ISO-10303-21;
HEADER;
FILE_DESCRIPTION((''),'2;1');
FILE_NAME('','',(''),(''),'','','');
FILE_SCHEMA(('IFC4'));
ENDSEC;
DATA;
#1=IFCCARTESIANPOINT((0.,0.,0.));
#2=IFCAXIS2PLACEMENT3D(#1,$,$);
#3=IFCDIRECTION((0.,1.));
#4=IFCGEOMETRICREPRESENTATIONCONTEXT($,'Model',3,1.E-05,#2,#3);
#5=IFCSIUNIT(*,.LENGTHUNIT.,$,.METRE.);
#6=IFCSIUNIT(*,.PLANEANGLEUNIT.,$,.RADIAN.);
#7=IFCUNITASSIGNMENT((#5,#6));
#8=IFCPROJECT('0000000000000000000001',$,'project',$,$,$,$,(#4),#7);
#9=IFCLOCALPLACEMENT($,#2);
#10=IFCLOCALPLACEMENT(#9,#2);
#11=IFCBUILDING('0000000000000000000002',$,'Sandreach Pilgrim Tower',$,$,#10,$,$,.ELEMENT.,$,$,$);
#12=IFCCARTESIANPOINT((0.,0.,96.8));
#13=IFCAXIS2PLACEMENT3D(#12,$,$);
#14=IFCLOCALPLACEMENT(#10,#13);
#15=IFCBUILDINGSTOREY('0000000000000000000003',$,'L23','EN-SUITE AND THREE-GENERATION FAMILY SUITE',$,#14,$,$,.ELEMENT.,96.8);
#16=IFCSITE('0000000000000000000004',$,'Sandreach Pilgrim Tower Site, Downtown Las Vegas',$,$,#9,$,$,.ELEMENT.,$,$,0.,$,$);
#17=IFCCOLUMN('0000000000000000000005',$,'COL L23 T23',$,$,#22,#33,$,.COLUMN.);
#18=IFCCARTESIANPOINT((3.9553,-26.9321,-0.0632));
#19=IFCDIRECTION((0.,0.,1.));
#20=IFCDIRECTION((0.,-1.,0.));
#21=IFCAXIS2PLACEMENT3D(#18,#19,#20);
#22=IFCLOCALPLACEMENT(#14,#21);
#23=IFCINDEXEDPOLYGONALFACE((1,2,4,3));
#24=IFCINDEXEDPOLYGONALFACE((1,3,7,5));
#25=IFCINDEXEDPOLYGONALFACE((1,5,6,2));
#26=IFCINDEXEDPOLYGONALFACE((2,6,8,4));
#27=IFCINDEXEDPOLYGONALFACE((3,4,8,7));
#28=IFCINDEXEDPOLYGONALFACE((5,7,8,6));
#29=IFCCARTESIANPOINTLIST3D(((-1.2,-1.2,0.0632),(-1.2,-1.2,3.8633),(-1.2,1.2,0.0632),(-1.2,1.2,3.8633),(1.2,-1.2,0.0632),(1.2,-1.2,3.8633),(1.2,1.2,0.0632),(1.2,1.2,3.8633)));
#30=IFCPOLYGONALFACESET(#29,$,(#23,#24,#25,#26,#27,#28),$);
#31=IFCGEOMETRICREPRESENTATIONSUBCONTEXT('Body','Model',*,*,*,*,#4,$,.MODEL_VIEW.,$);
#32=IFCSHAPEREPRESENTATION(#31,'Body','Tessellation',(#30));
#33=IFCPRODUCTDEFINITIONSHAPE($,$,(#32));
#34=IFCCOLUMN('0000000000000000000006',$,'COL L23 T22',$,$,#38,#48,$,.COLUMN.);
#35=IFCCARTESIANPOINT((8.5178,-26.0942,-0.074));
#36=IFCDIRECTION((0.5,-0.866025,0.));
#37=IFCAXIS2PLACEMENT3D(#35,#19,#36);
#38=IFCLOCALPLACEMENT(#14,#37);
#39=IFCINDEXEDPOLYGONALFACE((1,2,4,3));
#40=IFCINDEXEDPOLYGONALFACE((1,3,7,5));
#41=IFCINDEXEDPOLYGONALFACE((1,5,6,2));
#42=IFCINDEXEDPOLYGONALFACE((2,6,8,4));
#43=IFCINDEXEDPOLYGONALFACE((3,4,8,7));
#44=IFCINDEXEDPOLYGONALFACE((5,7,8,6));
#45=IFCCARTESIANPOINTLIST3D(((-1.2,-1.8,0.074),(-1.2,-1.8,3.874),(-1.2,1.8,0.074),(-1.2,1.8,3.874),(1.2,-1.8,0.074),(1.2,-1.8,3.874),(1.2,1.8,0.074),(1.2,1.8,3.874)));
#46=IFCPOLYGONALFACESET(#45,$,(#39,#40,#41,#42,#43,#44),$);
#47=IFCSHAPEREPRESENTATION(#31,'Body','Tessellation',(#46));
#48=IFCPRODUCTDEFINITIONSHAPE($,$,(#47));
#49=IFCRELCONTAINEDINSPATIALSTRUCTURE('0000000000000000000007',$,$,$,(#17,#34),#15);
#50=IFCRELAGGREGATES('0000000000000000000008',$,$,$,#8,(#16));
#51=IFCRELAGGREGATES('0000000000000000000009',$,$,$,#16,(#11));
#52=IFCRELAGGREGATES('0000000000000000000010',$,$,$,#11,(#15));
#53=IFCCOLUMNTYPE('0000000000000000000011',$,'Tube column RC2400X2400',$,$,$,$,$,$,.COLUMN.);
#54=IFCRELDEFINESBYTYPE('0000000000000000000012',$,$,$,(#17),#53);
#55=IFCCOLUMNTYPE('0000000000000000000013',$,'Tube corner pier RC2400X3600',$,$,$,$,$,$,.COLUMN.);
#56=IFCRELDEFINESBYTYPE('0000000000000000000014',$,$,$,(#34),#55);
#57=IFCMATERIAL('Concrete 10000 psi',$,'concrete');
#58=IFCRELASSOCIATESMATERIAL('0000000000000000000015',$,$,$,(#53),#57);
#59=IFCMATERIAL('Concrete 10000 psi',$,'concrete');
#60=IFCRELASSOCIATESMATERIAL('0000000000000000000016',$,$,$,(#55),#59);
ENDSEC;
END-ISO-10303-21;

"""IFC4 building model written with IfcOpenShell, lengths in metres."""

from ifc_helpers import new_model, si_unit, direction, frame, origin, origin_2d, place, context, subcontext, project, spatial, rectangle, extrude, clip, halfspace, material, material_profile, profile_set, type_object, element, save


model = new_model("IFC4")

# Units and contexts
model_context = context("Model", 3, precision=1e-05, world=origin(), true_north=direction((0.0, 1.0)))
body_context = subcontext(model_context, "Body", "Model", "MODEL_VIEW")
ifc_project = project(units=[si_unit("LENGTHUNIT", "METRE"), si_unit("PLANEANGLEUNIT", "RADIAN")], contexts=[model_context])

# Site, building, storey
site_placement = place(None, origin())
site = spatial("IfcSite", under=ifc_project, at=site_placement, Name="Sandreach Pilgrim Tower Site, Downtown Las Vegas", CompositionType="ELEMENT", RefElevation=0.0)
building_placement = place(site_placement, origin())
building = spatial("IfcBuilding", under=site, at=building_placement, Name="Sandreach Pilgrim Tower", CompositionType="ELEMENT")
storey_placement = place(building_placement, frame((0.0, 0.0, 96.8)))
storey = spatial("IfcBuildingStorey", under=building, at=storey_placement, Name="L23", Description="EN-SUITE AND THREE-GENERATION FAMILY SUITE", CompositionType="ELEMENT", Elevation=96.8)

# Columns
ifc_material_1 = material(Name="Concrete 10000 psi", Category="concrete")
ifc_material_profile_1 = material_profile(ifc_material_1, rectangle(XDim=2.3999, YDim=2.3999, at=origin_2d()), Name="RC2400X2400")
ifc_profile_set_1 = profile_set([ifc_material_profile_1], Name="Concrete 10000 psi")
column_type_1 = type_object("IfcColumnType", Name="Tube column RC2400X2400", PredefinedType="COLUMN", material=ifc_profile_set_1)
column_1_placement = place(storey_placement, frame((3.9553, -26.9321, -0.0632), z_axis=(0.0, 0.0, 1.0), x_axis=(0.0, -1.0, 0.0)))
element("IfcColumn", 1, at=column_1_placement, inside=storey, type_object=column_type_1, Name="COL L23 T23", PredefinedType="COLUMN", context=body_context, shape_type="SweptSolid", body=[
    clip(extrude(rectangle(XDim=2.3999, YDim=2.3999, at=origin_2d()), origin(), (0.0, 0.0, 1.0), 3.8633), halfspace(frame((0.0, 0.0, 0.0632)), True)),
])
ifc_material_2 = material(Name="Concrete 10000 psi", Category="concrete")
ifc_material_profile_2 = material_profile(ifc_material_2, rectangle(XDim=2.3999, YDim=3.6001, at=origin_2d()), Name="RC2400X3600")
ifc_profile_set_2 = profile_set([ifc_material_profile_2], Name="Concrete 10000 psi")
column_type_2 = type_object("IfcColumnType", Name="Tube corner pier RC2400X3600", PredefinedType="COLUMN", material=ifc_profile_set_2)
column_2_placement = place(storey_placement, frame((8.5178, -26.0942, -0.074), z_axis=(0.0, 0.0, 1.0), x_axis=(0.5, -0.866025, 0.0)))
element("IfcColumn", 2, at=column_2_placement, inside=storey, type_object=column_type_2, Name="COL L23 T22", PredefinedType="COLUMN", context=body_context, shape_type="SweptSolid", body=[
    clip(extrude(rectangle(XDim=2.3999, YDim=3.6001, at=origin_2d()), origin(), (0.0, 0.0, 1.0), 3.874), halfspace(frame((0.0, 0.0, 0.074)), True)),
])

save(model, "model.ifc")
